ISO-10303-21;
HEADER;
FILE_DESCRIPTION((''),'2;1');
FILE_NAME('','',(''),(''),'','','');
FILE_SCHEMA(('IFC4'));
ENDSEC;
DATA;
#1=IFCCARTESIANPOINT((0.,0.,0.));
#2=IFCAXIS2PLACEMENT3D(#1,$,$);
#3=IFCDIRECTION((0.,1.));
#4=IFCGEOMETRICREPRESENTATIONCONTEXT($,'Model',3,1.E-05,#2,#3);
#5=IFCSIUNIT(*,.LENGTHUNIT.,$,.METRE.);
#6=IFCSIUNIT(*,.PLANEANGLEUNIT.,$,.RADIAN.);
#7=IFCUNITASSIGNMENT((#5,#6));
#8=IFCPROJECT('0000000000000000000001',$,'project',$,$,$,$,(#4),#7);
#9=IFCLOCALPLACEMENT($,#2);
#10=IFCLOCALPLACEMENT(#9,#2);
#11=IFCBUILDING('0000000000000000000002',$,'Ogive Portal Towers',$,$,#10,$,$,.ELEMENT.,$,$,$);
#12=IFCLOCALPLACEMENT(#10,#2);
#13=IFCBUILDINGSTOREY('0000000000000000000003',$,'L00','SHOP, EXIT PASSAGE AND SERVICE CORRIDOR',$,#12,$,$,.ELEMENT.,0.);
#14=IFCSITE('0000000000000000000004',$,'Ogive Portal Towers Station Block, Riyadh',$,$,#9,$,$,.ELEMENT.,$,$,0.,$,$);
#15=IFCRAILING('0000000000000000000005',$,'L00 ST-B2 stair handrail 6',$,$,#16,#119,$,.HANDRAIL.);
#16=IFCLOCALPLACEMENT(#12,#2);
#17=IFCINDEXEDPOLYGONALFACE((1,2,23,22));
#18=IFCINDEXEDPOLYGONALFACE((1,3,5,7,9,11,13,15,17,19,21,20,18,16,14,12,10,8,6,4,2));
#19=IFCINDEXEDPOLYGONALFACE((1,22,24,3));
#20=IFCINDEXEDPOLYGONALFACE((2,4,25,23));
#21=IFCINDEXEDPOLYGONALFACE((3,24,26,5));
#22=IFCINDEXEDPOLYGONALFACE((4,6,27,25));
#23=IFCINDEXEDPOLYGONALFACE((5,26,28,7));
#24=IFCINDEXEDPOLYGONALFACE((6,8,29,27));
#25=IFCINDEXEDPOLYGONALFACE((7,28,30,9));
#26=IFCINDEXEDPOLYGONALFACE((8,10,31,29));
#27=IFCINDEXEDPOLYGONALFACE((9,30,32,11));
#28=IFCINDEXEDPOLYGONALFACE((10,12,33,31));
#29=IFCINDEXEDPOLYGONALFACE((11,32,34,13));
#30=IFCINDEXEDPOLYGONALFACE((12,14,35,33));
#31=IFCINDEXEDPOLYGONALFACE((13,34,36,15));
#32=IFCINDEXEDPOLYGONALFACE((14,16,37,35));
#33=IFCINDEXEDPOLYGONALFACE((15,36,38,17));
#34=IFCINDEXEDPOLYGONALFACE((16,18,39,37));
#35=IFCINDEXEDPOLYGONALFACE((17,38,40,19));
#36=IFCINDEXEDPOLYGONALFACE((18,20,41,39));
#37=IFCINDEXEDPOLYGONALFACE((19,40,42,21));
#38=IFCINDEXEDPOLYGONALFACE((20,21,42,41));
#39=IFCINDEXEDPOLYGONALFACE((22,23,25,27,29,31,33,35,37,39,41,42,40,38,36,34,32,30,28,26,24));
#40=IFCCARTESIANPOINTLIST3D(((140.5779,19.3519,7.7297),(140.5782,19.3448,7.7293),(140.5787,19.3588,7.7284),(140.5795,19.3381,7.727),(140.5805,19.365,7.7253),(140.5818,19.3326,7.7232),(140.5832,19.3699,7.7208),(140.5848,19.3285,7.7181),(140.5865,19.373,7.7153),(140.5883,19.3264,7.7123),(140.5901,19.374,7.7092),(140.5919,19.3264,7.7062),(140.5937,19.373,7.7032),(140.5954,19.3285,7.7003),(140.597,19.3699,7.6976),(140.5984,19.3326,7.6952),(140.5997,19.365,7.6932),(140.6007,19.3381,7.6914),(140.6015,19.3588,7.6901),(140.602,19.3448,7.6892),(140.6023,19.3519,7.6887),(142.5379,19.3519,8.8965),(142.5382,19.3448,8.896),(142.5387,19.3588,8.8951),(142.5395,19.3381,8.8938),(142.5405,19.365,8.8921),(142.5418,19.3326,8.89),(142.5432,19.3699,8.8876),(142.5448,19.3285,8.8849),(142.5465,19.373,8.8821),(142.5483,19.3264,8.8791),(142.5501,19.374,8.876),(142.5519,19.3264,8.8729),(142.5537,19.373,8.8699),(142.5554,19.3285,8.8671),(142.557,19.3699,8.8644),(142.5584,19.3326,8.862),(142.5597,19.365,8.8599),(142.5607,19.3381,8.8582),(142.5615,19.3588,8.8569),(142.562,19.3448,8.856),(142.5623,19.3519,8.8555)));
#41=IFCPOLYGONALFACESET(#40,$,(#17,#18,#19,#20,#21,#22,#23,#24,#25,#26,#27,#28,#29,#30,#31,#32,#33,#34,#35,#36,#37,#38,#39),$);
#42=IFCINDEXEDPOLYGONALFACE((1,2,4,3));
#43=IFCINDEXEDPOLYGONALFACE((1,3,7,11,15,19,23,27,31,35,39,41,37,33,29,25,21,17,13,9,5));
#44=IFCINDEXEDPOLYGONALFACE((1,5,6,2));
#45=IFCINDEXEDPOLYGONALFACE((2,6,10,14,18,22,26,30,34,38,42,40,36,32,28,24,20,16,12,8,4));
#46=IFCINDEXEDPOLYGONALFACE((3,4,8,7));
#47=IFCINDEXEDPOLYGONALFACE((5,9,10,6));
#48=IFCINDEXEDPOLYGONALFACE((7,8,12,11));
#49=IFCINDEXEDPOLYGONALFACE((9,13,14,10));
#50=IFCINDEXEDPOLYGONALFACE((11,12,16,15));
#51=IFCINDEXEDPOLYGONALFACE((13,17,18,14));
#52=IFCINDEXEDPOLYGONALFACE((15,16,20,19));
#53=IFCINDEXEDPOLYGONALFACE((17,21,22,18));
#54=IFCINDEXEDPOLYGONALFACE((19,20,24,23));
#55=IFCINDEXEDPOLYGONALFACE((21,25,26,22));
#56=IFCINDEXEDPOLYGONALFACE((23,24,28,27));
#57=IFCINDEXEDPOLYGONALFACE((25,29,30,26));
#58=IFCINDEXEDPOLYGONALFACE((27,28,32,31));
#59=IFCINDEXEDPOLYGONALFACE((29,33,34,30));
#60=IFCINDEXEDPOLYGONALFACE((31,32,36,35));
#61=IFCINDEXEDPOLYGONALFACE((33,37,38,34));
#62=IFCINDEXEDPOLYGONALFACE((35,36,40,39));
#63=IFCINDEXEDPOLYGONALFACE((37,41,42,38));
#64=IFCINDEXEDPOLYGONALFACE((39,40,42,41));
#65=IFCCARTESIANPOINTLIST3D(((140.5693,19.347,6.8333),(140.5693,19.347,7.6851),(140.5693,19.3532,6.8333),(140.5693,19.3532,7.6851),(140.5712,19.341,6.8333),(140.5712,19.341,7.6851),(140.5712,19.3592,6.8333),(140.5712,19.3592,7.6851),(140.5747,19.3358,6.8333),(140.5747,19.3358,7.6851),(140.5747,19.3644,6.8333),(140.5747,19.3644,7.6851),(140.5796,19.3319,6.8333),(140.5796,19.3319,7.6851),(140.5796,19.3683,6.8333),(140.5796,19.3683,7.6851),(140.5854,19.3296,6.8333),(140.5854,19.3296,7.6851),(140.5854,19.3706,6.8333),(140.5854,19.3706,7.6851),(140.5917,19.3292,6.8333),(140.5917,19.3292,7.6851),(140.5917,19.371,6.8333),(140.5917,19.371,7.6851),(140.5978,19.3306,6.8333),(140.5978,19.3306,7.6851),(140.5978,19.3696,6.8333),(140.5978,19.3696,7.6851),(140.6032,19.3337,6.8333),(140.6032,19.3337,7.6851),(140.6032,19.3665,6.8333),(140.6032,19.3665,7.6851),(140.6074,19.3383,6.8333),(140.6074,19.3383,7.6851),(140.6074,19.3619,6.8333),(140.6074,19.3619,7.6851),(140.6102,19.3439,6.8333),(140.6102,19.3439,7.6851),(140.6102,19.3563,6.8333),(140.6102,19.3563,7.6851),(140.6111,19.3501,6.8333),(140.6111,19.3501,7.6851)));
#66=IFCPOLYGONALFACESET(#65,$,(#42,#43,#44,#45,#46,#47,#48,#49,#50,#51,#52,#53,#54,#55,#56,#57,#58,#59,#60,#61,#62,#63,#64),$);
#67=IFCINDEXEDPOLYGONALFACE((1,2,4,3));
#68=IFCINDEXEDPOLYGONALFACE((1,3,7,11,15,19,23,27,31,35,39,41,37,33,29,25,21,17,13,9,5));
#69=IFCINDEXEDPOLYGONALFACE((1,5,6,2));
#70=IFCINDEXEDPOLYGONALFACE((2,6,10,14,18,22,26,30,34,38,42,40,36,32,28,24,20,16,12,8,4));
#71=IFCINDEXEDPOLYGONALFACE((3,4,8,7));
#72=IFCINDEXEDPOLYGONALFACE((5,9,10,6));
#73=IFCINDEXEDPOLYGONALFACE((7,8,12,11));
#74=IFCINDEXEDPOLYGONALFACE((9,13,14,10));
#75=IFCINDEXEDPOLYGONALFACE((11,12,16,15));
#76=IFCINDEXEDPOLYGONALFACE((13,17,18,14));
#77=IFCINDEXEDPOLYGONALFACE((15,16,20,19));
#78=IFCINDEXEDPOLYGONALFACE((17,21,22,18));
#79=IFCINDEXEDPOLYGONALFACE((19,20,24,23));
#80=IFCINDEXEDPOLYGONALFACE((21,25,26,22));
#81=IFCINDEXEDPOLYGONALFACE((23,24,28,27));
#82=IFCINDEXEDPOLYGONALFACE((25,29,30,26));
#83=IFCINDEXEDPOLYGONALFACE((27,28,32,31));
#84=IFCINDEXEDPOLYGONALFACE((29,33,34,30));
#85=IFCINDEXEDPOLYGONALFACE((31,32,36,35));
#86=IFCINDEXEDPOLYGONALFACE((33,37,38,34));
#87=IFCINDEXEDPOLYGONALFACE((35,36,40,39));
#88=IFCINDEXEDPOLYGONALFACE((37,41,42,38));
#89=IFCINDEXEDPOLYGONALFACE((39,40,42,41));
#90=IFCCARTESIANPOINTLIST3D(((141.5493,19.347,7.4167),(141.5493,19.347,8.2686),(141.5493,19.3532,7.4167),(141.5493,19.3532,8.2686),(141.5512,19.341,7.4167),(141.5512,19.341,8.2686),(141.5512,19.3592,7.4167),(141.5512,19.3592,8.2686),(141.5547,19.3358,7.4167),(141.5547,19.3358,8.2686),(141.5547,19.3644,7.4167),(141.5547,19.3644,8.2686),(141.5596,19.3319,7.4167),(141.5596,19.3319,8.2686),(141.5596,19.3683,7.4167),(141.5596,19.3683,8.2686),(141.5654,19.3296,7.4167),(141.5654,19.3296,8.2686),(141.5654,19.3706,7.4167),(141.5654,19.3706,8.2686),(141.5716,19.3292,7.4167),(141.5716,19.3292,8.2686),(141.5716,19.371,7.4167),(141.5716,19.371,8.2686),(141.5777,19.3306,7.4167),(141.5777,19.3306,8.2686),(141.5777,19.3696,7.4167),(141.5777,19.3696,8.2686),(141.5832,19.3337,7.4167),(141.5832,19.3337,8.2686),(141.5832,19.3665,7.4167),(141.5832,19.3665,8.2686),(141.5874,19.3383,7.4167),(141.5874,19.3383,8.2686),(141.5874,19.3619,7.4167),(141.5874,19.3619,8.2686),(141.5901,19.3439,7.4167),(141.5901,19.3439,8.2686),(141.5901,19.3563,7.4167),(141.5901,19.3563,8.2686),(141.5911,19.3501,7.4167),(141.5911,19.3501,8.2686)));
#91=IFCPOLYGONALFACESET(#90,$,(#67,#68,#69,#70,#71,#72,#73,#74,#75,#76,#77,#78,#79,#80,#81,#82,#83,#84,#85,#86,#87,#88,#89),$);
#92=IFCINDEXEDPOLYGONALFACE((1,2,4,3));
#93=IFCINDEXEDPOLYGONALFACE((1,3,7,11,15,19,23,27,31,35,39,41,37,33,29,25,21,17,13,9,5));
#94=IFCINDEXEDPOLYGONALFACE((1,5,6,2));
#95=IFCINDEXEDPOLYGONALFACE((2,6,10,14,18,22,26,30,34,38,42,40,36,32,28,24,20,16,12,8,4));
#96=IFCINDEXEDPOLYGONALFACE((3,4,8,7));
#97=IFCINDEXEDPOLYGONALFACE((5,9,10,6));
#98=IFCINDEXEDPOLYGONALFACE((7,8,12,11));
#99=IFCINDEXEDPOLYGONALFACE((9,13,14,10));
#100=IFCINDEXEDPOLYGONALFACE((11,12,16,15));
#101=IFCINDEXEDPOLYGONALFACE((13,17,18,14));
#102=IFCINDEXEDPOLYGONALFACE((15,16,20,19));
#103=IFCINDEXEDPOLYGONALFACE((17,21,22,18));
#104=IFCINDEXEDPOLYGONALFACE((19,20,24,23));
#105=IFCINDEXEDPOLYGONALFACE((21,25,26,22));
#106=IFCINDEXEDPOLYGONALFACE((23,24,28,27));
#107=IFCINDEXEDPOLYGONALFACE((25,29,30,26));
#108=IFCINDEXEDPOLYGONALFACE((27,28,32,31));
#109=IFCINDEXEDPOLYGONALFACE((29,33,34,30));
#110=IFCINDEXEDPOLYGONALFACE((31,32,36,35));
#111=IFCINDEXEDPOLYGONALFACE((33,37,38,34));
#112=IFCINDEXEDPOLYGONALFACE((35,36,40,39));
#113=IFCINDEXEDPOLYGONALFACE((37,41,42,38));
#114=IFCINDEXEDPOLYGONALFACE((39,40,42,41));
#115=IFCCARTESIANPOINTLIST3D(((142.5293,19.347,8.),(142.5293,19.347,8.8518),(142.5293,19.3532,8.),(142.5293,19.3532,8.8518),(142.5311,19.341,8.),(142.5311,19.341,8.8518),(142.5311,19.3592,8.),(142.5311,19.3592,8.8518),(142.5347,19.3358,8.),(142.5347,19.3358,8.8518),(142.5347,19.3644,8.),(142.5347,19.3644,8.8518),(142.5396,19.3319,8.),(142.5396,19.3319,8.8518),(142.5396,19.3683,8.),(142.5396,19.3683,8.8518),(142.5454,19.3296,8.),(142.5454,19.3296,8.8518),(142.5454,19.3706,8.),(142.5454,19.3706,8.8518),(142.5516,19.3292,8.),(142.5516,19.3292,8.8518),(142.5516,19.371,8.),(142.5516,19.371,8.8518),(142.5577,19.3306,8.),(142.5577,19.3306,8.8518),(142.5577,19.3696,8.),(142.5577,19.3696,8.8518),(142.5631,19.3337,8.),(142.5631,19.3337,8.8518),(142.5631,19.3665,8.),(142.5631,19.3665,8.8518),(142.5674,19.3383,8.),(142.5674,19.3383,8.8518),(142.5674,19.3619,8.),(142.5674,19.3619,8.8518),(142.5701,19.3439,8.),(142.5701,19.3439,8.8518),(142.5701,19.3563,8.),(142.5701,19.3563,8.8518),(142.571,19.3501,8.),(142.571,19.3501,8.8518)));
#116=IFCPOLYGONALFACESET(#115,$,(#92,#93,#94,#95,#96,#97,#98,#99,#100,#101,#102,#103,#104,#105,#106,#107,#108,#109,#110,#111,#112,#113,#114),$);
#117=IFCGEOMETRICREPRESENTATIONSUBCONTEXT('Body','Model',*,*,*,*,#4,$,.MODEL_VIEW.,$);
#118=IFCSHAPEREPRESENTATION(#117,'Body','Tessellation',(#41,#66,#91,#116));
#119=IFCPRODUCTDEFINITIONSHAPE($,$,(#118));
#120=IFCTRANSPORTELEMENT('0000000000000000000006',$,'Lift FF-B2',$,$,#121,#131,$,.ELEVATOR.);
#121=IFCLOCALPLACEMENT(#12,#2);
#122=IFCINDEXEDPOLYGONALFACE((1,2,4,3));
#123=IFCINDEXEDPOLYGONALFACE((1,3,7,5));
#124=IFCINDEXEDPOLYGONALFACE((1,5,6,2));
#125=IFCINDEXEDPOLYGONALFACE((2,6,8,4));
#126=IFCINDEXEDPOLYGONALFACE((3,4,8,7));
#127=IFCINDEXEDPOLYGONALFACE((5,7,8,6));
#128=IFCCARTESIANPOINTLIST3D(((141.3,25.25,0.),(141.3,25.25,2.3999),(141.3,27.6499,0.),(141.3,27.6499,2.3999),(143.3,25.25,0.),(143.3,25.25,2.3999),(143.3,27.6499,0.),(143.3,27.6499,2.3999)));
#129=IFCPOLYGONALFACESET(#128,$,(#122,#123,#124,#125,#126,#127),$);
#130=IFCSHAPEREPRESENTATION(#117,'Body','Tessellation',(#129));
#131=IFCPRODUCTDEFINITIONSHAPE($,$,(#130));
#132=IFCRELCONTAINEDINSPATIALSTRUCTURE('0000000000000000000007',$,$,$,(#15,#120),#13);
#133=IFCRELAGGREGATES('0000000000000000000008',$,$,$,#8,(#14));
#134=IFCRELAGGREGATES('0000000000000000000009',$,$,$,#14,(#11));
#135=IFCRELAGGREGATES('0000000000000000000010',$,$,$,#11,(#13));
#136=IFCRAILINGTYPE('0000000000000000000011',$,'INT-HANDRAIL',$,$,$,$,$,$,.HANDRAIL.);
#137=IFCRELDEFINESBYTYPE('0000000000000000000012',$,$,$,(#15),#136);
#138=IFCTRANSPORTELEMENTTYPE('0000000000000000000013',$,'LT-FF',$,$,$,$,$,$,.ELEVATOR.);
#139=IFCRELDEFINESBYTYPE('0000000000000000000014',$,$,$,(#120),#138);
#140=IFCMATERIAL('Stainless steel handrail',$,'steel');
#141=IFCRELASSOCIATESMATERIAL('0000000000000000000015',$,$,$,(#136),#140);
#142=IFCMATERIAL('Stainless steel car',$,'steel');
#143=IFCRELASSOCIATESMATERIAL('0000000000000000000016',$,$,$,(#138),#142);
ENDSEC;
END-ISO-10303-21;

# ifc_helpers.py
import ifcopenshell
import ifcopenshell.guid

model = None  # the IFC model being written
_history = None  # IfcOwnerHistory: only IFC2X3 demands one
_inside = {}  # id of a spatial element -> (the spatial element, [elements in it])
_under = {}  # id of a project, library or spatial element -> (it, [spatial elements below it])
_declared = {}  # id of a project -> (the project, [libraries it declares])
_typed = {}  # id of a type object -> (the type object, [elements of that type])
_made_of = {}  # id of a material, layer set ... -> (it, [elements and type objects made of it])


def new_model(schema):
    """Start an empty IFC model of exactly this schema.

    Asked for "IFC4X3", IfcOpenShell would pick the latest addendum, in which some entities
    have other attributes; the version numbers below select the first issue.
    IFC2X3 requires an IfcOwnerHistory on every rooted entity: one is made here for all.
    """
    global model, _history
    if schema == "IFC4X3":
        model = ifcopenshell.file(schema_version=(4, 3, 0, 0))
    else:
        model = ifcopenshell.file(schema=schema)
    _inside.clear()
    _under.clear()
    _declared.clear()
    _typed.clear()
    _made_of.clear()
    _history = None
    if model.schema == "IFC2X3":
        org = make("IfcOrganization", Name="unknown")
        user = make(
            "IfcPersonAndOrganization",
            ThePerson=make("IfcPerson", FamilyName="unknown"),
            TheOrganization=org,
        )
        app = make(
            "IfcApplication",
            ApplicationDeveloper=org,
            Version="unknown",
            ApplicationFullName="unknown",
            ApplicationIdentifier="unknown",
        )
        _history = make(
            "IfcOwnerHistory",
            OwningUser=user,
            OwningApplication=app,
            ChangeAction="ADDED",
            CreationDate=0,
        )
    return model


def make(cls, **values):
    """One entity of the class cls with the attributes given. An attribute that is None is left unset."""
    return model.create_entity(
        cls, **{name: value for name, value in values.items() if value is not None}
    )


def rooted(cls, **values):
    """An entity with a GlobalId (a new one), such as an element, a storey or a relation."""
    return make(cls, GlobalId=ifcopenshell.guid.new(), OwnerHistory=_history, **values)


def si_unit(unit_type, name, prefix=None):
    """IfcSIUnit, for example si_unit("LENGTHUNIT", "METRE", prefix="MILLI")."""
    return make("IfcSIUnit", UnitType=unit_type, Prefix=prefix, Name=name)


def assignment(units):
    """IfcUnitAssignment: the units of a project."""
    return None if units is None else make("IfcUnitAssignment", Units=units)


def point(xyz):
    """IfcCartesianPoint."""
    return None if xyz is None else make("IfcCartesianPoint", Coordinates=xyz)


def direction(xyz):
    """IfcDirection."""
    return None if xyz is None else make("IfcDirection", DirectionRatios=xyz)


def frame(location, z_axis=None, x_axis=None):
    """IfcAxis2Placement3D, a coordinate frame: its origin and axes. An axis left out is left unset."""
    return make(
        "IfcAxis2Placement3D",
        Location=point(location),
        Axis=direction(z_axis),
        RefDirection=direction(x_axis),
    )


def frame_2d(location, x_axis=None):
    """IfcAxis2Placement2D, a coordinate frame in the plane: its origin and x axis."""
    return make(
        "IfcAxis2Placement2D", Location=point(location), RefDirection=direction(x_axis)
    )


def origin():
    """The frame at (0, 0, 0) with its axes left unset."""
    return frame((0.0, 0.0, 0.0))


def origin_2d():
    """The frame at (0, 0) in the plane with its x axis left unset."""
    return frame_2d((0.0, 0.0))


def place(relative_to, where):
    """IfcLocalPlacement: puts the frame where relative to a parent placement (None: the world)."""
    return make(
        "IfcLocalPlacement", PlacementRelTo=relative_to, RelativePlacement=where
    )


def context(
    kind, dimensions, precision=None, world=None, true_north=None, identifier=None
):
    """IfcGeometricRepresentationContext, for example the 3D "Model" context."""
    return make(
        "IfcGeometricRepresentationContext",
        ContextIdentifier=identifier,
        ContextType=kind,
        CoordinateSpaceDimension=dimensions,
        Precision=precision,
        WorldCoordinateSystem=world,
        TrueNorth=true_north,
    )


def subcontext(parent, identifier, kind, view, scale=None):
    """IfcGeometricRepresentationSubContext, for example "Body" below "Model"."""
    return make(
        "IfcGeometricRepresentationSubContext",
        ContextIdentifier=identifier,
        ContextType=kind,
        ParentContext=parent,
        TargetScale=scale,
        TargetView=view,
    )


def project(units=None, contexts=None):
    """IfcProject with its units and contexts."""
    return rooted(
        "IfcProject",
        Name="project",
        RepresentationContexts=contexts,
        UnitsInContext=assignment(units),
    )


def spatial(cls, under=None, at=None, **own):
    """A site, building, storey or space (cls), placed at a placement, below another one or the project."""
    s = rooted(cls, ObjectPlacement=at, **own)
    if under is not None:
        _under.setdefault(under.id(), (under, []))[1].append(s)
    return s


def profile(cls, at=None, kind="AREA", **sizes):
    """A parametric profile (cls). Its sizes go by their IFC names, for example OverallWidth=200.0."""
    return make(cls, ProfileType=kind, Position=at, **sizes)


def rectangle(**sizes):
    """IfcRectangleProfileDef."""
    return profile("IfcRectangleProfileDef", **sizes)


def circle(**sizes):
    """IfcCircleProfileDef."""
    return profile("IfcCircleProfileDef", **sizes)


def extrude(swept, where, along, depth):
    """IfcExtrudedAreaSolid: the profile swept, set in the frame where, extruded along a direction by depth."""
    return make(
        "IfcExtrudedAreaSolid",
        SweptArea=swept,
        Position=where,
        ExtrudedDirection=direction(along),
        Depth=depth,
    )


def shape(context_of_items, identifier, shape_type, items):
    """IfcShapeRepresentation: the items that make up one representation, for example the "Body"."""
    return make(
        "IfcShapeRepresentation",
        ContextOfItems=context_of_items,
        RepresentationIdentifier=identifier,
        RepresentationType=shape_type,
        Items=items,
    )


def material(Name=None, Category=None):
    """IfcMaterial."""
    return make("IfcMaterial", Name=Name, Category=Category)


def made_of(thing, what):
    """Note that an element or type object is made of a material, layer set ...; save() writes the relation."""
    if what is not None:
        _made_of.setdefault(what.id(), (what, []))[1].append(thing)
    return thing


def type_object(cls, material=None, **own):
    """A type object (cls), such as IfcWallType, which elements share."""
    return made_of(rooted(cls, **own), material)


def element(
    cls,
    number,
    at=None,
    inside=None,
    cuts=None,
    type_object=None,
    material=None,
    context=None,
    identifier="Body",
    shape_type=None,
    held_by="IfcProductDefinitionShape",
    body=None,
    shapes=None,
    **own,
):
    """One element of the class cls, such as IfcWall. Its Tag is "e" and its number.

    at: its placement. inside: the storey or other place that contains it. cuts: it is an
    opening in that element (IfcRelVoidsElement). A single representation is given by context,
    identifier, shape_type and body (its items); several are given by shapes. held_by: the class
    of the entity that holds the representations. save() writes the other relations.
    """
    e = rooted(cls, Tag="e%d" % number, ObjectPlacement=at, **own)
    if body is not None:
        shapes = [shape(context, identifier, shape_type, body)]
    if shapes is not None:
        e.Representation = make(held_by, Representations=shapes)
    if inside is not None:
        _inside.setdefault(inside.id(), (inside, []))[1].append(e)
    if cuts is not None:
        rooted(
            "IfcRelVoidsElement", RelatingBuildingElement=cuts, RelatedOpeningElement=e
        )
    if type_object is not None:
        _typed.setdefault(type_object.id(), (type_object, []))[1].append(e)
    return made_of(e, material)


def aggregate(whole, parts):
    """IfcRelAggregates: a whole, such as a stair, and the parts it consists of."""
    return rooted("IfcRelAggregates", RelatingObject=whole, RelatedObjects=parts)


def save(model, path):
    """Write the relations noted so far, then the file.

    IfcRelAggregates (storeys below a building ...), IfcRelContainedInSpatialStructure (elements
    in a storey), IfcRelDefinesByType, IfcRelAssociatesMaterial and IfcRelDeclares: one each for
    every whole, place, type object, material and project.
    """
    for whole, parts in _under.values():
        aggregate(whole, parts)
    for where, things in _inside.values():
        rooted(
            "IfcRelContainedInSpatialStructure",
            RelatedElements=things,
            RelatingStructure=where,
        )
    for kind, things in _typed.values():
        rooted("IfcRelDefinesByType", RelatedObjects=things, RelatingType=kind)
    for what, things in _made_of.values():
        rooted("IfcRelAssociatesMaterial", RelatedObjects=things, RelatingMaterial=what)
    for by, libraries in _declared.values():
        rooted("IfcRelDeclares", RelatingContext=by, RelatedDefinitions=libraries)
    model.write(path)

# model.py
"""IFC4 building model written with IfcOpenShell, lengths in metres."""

from ifc_helpers import new_model, si_unit, direction, frame, origin, origin_2d, place, context, subcontext, project, spatial, rectangle, circle, extrude, material, type_object, element, save


model = new_model("IFC4")

# Units and contexts
model_context = context("Model", 3, precision=1e-05, world=origin(), true_north=direction((0.0, 1.0)))
body_context = subcontext(model_context, "Body", "Model", "MODEL_VIEW")
ifc_project = project(units=[si_unit("LENGTHUNIT", "METRE"), si_unit("PLANEANGLEUNIT", "RADIAN")], contexts=[model_context])

# Site, building, storey
site_placement = place(None, origin())
site = spatial("IfcSite", under=ifc_project, at=site_placement, Name="Ogive Portal Towers Station Block, Riyadh", CompositionType="ELEMENT", RefElevation=0.0)
building_placement = place(site_placement, origin())
building = spatial("IfcBuilding", under=site, at=building_placement, Name="Ogive Portal Towers", CompositionType="ELEMENT")
storey_placement = place(building_placement, origin())
storey = spatial("IfcBuildingStorey", under=building, at=storey_placement, Name="L00", Description="SHOP, EXIT PASSAGE AND SERVICE CORRIDOR", CompositionType="ELEMENT", Elevation=0.0)

# Railing
ifc_material_1 = material(Name="Stainless steel handrail", Category="steel")
railing_type_1 = type_object("IfcRailingType", Name="INT-HANDRAIL", PredefinedType="HANDRAIL", material=ifc_material_1)
railing_1_placement = place(storey_placement, frame((140.5901, 19.3501, 6.8333)))
element("IfcRailing", 1, at=railing_1_placement, inside=storey, type_object=railing_type_1, Name="L00 ST-B2 stair handrail 6", PredefinedType="HANDRAIL", context=body_context, shape_type="SweptSolid", body=[
    extrude(circle(Radius=0.0239, at=origin_2d()), frame((0.0, 0.0, 0.876), z_axis=(0.859273, 0.0, 0.511518), x_axis=(0.0, 1.0, 0.0)), (0.0, 0.0, 1.0), 2.281),
    extrude(circle(Radius=0.021, at=origin_2d()), origin(), (0.0, 0.0, 1.0), 0.8518),
    extrude(circle(Radius=0.021, at=origin_2d()), frame((0.98, 0.0, 0.5835)), (0.0, 0.0, 1.0), 0.8518),
    extrude(circle(Radius=0.021, at=origin_2d()), frame((1.96, 0.0, 1.1667)), (0.0, 0.0, 1.0), 0.8518),
])

# Transport element
ifc_material_2 = material(Name="Stainless steel car", Category="steel")
transport_element_type = type_object("IfcTransportElementType", Name="LT-FF", PredefinedType="ELEVATOR", material=ifc_material_2)
transport_element_placement = place(storey_placement, frame((142.3, 26.45, 0.0), z_axis=(0.0, 0.0, 1.0), x_axis=(1.0, 0.0, 0.0)))
element("IfcTransportElement", 2, at=transport_element_placement, inside=storey, type_object=transport_element_type, Name="Lift FF-B2", PredefinedType="ELEVATOR", context=body_context, shape_type="SweptSolid", body=[
    extrude(rectangle(XDim=2.0, YDim=2.3999, at=origin_2d()), origin(), (0.0, 0.0, 1.0), 2.3999),
])

save(model, "model.ifc")
